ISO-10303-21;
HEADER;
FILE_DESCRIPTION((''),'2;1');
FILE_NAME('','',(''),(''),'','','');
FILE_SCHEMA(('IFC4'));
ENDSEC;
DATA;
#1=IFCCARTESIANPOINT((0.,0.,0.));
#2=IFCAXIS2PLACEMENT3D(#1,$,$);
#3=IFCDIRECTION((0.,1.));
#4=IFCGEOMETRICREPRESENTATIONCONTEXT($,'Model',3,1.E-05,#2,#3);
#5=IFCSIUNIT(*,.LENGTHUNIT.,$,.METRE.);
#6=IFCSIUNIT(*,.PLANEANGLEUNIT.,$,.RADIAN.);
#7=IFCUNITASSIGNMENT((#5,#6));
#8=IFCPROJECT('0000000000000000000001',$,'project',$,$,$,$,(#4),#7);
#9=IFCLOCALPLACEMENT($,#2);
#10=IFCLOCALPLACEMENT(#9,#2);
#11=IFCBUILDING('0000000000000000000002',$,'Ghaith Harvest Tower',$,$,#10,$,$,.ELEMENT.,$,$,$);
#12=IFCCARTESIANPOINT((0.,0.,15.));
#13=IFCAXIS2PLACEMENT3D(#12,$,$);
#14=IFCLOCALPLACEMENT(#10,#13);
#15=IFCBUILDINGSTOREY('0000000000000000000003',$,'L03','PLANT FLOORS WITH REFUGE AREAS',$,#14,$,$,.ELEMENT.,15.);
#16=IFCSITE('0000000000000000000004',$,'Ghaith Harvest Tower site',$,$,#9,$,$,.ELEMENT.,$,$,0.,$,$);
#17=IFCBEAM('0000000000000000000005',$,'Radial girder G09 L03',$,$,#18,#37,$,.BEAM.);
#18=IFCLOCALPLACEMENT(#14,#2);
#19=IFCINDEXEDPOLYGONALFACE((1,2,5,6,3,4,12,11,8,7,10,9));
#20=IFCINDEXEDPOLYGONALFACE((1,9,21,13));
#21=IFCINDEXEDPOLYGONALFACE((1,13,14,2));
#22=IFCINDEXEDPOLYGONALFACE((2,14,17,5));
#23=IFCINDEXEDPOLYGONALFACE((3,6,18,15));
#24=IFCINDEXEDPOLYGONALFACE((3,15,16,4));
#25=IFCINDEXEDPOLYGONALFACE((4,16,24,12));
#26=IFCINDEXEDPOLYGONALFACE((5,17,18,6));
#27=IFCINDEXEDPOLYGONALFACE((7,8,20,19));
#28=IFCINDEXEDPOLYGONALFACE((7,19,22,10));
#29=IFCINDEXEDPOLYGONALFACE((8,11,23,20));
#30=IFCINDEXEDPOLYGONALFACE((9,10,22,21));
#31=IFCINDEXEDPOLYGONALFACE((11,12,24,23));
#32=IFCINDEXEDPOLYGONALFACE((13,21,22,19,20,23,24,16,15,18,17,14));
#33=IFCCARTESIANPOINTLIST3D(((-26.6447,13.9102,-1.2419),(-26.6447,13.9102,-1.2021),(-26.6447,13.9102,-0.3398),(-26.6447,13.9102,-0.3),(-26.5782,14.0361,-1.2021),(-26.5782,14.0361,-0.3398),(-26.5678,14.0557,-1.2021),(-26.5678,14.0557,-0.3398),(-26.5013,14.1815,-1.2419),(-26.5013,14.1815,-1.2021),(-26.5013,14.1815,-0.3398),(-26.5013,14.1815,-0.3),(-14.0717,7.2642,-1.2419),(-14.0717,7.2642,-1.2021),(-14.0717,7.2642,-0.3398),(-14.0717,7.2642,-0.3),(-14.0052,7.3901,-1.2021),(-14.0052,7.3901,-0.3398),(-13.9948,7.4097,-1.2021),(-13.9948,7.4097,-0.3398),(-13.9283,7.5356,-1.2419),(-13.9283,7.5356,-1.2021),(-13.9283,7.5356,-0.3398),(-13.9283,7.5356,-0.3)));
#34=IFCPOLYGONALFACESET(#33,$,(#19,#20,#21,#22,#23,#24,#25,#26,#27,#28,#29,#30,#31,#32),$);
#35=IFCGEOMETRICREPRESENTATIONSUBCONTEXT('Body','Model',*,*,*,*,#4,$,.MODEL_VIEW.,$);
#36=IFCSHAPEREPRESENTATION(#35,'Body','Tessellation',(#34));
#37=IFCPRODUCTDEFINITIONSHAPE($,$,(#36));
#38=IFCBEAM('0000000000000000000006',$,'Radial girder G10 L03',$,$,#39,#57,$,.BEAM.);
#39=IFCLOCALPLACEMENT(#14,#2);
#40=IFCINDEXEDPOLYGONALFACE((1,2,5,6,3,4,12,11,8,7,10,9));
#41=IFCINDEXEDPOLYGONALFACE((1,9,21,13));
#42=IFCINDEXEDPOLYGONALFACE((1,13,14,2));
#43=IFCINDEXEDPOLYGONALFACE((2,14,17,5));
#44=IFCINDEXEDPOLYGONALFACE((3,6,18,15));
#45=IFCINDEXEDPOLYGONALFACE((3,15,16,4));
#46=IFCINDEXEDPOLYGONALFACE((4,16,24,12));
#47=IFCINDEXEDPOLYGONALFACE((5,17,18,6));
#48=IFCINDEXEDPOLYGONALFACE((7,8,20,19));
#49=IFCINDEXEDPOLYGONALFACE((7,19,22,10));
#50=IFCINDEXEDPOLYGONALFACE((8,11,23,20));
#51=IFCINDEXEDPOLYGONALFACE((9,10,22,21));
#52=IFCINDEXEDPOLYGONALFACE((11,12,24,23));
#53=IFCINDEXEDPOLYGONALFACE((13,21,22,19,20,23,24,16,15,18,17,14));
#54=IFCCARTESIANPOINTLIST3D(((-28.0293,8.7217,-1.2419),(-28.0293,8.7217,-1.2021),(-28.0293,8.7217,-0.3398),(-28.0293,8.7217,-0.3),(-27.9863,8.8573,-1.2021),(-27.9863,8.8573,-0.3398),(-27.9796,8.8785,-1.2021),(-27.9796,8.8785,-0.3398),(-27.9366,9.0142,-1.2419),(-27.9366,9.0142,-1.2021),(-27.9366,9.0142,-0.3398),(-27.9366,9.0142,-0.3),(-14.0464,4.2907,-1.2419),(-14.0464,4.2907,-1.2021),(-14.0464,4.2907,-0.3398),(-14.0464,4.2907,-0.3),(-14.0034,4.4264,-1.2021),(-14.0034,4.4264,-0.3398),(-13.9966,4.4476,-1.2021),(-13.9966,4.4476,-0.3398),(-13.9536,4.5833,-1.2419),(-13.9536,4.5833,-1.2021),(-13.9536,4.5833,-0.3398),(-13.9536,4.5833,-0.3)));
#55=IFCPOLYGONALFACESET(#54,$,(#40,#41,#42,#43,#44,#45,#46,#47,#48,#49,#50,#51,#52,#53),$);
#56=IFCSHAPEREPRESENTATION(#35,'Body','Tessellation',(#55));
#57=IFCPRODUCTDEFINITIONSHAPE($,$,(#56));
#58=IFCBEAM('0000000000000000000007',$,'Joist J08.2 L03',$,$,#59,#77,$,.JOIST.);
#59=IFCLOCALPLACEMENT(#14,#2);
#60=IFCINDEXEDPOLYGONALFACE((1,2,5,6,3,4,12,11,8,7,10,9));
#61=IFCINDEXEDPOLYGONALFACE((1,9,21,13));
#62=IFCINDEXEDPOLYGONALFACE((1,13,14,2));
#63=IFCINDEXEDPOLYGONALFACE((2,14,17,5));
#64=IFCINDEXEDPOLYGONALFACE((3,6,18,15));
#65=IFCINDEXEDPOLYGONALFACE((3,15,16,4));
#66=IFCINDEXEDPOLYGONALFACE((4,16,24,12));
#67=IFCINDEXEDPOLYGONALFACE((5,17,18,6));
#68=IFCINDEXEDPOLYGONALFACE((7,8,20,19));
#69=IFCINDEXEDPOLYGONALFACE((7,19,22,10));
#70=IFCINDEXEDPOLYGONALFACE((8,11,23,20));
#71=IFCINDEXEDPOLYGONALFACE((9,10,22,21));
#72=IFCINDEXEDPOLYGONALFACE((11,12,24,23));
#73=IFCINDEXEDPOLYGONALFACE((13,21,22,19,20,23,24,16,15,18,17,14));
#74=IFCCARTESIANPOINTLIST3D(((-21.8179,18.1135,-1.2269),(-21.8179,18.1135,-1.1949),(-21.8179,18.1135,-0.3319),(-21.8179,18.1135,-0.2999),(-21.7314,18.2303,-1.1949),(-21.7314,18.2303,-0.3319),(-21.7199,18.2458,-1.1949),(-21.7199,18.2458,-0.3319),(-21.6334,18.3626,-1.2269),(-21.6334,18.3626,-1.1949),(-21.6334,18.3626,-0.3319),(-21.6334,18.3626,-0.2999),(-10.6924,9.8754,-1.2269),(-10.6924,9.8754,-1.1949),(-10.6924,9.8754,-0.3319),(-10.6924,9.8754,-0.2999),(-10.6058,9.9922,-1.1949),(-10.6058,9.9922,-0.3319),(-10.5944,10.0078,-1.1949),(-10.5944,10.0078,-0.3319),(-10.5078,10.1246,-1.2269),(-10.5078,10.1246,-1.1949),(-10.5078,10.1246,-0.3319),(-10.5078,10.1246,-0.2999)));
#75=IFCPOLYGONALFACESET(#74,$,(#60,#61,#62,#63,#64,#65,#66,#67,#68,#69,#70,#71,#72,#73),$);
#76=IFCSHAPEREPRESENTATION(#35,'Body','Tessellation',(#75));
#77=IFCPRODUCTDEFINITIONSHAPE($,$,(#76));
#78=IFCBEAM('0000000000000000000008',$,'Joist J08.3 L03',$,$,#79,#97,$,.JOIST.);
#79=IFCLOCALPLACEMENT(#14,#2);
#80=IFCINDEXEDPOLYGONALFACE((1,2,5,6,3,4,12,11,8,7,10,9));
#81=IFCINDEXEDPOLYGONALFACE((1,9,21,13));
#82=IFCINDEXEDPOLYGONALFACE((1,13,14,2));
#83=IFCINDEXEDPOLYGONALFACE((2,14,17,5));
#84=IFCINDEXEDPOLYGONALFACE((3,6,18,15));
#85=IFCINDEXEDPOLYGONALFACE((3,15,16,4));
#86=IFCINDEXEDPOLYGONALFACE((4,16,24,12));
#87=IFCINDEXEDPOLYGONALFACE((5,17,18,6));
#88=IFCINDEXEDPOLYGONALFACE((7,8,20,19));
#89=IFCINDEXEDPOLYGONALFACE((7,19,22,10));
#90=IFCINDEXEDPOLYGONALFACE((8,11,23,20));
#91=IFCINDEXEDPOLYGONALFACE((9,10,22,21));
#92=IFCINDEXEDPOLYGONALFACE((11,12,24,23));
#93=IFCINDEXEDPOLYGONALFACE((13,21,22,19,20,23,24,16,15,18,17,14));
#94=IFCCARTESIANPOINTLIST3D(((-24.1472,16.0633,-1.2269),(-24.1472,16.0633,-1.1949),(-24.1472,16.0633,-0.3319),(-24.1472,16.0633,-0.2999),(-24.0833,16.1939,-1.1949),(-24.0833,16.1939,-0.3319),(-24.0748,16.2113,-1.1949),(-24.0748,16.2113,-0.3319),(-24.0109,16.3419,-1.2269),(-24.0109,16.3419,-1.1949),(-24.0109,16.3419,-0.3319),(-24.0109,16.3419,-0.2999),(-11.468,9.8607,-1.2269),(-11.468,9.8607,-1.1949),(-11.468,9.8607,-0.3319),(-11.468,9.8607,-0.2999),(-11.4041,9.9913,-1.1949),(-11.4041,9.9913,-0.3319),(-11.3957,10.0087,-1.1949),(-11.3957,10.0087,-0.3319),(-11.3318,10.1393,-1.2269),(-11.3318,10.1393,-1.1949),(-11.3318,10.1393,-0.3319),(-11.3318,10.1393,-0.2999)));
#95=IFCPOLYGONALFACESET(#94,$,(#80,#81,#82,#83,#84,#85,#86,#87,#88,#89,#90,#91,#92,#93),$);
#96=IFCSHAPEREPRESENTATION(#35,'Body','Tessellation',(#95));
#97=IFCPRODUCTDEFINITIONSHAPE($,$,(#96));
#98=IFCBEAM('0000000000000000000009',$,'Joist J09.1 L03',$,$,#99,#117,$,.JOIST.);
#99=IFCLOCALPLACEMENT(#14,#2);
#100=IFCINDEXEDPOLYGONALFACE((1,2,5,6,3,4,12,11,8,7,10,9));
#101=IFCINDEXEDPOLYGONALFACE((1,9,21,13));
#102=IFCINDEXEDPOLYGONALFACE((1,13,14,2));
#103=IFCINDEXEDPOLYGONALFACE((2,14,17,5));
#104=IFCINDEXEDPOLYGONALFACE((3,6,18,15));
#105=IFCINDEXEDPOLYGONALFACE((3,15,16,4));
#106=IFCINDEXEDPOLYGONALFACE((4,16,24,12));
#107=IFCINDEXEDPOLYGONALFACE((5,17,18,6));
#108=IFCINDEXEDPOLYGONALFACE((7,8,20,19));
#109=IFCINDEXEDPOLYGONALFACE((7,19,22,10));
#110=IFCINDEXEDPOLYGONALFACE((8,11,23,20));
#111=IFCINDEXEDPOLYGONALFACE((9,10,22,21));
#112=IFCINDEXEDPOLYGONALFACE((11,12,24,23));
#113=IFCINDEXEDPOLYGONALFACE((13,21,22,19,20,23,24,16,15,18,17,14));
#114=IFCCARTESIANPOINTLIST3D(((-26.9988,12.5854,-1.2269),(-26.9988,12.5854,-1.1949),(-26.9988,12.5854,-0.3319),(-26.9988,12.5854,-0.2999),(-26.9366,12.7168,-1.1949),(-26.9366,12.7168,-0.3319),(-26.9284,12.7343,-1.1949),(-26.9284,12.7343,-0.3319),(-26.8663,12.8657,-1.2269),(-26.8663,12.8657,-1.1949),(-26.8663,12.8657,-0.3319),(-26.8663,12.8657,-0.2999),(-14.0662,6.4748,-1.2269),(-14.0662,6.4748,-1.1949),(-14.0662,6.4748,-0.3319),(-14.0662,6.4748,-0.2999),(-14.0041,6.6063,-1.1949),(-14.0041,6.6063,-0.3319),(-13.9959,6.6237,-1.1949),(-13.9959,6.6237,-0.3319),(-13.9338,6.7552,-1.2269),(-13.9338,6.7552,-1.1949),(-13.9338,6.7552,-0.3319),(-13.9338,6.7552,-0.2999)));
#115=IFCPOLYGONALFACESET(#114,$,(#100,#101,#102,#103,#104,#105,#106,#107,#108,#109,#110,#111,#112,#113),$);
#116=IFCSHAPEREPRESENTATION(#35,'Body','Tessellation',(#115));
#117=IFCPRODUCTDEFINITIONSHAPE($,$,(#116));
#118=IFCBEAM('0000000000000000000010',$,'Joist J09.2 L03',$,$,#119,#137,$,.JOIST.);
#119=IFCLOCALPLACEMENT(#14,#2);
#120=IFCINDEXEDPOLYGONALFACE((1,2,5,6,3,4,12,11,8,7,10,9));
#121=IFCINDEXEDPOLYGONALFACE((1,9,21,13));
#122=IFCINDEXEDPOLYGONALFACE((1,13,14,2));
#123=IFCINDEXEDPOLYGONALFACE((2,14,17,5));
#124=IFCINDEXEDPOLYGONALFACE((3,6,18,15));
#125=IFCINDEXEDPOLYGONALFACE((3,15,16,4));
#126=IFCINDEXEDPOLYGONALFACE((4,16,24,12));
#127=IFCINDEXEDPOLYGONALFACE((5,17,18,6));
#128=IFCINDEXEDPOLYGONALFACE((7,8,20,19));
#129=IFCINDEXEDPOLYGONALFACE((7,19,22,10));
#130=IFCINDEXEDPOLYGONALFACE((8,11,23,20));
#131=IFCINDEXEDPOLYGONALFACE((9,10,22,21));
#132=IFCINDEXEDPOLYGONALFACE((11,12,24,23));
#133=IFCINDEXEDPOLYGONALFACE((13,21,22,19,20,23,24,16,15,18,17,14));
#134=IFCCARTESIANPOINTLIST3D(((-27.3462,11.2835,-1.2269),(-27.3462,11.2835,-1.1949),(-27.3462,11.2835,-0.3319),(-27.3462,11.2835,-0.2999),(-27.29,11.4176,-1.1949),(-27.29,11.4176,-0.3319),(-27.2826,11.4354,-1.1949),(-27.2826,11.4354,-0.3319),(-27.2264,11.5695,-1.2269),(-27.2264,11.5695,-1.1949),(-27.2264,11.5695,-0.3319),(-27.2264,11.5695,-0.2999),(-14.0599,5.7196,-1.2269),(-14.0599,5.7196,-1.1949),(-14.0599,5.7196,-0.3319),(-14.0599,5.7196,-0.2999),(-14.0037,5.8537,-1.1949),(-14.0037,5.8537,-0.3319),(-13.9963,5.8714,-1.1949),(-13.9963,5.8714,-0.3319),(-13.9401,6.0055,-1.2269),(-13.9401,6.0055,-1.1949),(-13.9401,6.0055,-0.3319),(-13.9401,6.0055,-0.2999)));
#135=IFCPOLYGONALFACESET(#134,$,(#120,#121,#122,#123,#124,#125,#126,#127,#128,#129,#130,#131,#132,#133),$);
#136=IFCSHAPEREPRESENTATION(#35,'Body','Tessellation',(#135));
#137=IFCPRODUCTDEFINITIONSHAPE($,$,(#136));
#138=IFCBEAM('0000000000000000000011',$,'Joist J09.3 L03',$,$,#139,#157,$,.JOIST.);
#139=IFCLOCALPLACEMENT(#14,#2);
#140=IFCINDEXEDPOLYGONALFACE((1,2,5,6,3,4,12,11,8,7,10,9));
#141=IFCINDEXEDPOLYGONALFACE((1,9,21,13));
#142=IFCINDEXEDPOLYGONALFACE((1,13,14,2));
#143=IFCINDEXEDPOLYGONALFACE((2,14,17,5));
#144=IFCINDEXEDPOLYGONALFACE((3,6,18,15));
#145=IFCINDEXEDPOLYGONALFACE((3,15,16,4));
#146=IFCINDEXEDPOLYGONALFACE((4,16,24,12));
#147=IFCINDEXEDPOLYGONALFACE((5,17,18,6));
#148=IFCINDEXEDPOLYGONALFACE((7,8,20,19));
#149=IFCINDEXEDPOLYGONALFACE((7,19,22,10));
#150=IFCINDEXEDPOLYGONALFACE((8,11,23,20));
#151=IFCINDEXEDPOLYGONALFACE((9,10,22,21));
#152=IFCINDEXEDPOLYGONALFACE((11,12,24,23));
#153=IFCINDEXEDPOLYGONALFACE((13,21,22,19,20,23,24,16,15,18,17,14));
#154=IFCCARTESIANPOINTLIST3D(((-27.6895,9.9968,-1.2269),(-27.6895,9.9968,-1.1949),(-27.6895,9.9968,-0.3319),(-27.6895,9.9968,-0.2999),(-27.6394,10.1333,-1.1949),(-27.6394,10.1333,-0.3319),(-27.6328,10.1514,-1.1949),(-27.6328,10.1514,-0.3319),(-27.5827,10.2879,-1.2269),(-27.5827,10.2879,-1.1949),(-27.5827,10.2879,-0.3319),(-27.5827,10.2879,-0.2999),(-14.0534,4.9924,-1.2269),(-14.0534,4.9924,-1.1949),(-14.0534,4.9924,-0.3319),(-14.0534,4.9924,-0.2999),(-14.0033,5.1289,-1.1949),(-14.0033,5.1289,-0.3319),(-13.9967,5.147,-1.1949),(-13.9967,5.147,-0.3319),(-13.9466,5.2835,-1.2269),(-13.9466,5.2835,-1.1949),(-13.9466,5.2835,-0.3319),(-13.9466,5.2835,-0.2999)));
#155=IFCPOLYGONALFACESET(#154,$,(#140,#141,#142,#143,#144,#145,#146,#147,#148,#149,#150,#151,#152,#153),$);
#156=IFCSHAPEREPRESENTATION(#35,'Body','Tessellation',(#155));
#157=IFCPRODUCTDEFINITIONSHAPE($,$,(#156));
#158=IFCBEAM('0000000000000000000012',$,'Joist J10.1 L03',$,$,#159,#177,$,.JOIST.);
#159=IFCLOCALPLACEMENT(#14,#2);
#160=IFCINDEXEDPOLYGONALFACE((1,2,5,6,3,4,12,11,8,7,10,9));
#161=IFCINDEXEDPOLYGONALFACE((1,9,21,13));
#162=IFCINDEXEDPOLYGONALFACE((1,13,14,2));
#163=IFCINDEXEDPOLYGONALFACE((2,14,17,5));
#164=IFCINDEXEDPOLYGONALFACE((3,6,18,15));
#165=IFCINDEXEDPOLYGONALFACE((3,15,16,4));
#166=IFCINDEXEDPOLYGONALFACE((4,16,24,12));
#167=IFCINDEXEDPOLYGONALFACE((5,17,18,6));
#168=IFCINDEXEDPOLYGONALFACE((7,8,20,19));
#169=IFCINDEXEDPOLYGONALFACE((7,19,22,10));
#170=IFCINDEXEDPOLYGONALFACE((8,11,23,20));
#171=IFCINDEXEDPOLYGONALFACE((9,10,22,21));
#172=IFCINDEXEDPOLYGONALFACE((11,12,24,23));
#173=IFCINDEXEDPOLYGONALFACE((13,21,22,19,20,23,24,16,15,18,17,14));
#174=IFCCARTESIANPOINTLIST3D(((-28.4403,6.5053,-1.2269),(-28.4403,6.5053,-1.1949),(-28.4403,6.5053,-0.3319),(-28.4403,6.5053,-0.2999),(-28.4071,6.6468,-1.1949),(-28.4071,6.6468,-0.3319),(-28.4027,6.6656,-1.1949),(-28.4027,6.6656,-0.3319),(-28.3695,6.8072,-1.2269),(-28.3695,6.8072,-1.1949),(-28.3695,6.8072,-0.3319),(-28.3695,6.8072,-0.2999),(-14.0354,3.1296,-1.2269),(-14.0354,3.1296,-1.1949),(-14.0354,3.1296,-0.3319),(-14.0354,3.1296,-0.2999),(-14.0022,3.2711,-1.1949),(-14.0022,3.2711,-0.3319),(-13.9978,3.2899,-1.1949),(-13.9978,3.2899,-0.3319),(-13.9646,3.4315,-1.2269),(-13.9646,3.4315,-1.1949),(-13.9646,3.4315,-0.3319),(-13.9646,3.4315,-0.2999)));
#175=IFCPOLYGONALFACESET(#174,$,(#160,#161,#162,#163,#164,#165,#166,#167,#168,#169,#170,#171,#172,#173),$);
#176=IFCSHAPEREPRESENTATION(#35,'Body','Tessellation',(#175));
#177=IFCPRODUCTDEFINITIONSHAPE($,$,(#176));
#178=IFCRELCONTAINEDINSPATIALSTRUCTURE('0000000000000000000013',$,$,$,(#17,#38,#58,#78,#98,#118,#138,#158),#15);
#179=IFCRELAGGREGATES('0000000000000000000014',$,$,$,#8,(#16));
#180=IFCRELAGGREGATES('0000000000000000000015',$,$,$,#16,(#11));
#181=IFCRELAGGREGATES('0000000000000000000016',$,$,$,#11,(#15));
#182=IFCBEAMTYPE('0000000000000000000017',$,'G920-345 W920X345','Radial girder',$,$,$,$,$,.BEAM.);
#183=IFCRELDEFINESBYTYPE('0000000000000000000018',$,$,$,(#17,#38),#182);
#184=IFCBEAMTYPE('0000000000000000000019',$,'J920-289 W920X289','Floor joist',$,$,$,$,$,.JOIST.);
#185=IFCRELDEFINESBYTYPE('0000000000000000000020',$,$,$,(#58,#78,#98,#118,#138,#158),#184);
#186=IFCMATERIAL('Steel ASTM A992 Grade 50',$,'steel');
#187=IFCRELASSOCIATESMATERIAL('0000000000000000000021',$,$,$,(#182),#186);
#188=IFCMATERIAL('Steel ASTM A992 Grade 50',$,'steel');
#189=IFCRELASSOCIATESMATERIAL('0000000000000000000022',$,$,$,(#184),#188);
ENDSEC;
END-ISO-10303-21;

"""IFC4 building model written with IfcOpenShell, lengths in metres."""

from ifc_helpers import new_model, si_unit, direction, frame, origin, origin_2d, place, context, subcontext, project, spatial, i_section, extrude, material, material_profile, profile_set, type_object, element, save


model = new_model("IFC4")

# Units and contexts
model_context = context("Model", 3, precision=1e-05, world=origin(), true_north=direction((0.0, 1.0)))
body_context = subcontext(model_context, "Body", "Model", "MODEL_VIEW")
ifc_project = project(units=[si_unit("LENGTHUNIT", "METRE"), si_unit("PLANEANGLEUNIT", "RADIAN")], contexts=[model_context])

# Site, building, storey
site_placement = place(None, origin())
site = spatial("IfcSite", under=ifc_project, at=site_placement, Name="Ghaith Harvest Tower site", CompositionType="ELEMENT", RefElevation=0.0)
building_placement = place(site_placement, origin())
building = spatial("IfcBuilding", under=site, at=building_placement, Name="Ghaith Harvest Tower", CompositionType="ELEMENT")
storey_placement = place(building_placement, frame((0.0, 0.0, 15.0)))
storey = spatial("IfcBuildingStorey", under=building, at=storey_placement, Name="L03", Description="PLANT FLOORS WITH REFUGE AREAS", CompositionType="ELEMENT", Elevation=15.0)

# Beams
ifc_material_1 = material(Name="Steel ASTM A992 Grade 50", Category="steel")
ifc_material_profile_1 = material_profile(ifc_material_1, i_section(OverallWidth=0.3069, OverallDepth=0.9419, WebThickness=0.0222, FlangeThickness=0.0398, at=origin_2d()), Name="W920X345")
ifc_profile_set_1 = profile_set([ifc_material_profile_1], Name="Steel ASTM A992 Grade 50")
beam_type_1 = type_object("IfcBeamType", Name="G920-345 W920X345", Description="Radial girder", PredefinedType="BEAM", material=ifc_profile_set_1)
beam_1_placement = place(storey_placement, frame((-14.0, 7.3999, -0.771), z_axis=(-0.884087, 0.467322, 0.0), x_axis=(-0.467322, -0.884087, 0.0)))
element("IfcBeam", 1, at=beam_1_placement, inside=storey, type_object=beam_type_1, Name="Radial girder G09 L03", PredefinedType="BEAM", context=body_context, shape_type="SweptSolid", body=[
    extrude(i_section(OverallWidth=0.3069, OverallDepth=0.9419, WebThickness=0.0222, FlangeThickness=0.0398, at=origin_2d()), origin(), (0.0, 0.0, 1.0), 14.2214),
])
beam_2_placement = place(storey_placement, frame((-14.0, 4.437, -0.771), z_axis=(-0.953284, 0.302077, 0.0), x_axis=(-0.302077, -0.953284, 0.0)))
element("IfcBeam", 2, at=beam_2_placement, inside=storey, type_object=beam_type_1, Name="Radial girder G10 L03", PredefinedType="BEAM", context=body_context, shape_type="SweptSolid", body=[
    extrude(i_section(OverallWidth=0.3069, OverallDepth=0.9419, WebThickness=0.0222, FlangeThickness=0.0398, at=origin_2d()), origin(), (0.0, 0.0, 1.0), 14.6682),
])
ifc_material_2 = material(Name="Steel ASTM A992 Grade 50", Category="steel")
ifc_material_profile_2 = material_profile(ifc_material_2, i_section(OverallWidth=0.3101, OverallDepth=0.927, WebThickness=0.0193, FlangeThickness=0.032, at=origin_2d()), Name="W920X289")
ifc_profile_set_2 = profile_set([ifc_material_profile_2], Name="Steel ASTM A992 Grade 50")
beam_type_2 = type_object("IfcBeamType", Name="J920-289 W920X289", Description="Floor joist", PredefinedType="JOIST", material=ifc_profile_set_2)
beam_3_placement = place(storey_placement, frame((-10.6001, 10.0, -0.7634), z_axis=(-0.803663, 0.595085, 0.0), x_axis=(-0.595085, -0.803663, 0.0)))
element("IfcBeam", 3, at=beam_3_placement, inside=storey, type_object=beam_type_2, Name="Joist J08.2 L03", PredefinedType="JOIST", context=body_context, shape_type="SweptSolid", body=[
    extrude(i_section(OverallWidth=0.3101, OverallDepth=0.927, WebThickness=0.0193, FlangeThickness=0.032, at=origin_2d()), origin(), (0.0, 0.0, 1.0), 13.8435),
])
beam_4_placement = place(storey_placement, frame((-11.3999, 10.0, -0.7634), z_axis=(-0.898275, 0.439434, 0.0), x_axis=(-0.439434, -0.898275, 0.0)))
element("IfcBeam", 4, at=beam_4_placement, inside=storey, type_object=beam_type_2, Name="Joist J08.3 L03", PredefinedType="JOIST", context=body_context, shape_type="SweptSolid", body=[
    extrude(i_section(OverallWidth=0.3101, OverallDepth=0.927, WebThickness=0.0193, FlangeThickness=0.032, at=origin_2d()), origin(), (0.0, 0.0, 1.0), 14.115),
])
beam_5_placement = place(storey_placement, frame((-14.0, 6.615, -0.7634), z_axis=(-0.904153, 0.427208, 0.0), x_axis=(-0.427208, -0.904153, 0.0)))
element("IfcBeam", 5, at=beam_5_placement, inside=storey, type_object=beam_type_2, Name="Joist J09.1 L03", PredefinedType="JOIST", context=body_context, shape_type="SweptSolid", body=[
    extrude(i_section(OverallWidth=0.3101, OverallDepth=0.927, WebThickness=0.0193, FlangeThickness=0.032, at=origin_2d()), origin(), (0.0, 0.0, 1.0), 14.3035),
])
beam_6_placement = place(storey_placement, frame((-14.0, 5.8625, -0.7634), z_axis=(-0.922386, 0.38627, 0.0), x_axis=(-0.38627, -0.922386, 0.0)))
element("IfcBeam", 6, at=beam_6_placement, inside=storey, type_object=beam_type_2, Name="Joist J09.2 L03", PredefinedType="JOIST", context=body_context, shape_type="SweptSolid", body=[
    extrude(i_section(OverallWidth=0.3101, OverallDepth=0.927, WebThickness=0.0193, FlangeThickness=0.032, at=origin_2d()), origin(), (0.0, 0.0, 1.0), 14.4043),
])
beam_7_placement = place(storey_placement, frame((-14.0, 5.1379, -0.7634), z_axis=(-0.938775, 0.34453, 0.0), x_axis=(-0.34453, -0.938775, 0.0)))
element("IfcBeam", 7, at=beam_7_placement, inside=storey, type_object=beam_type_2, Name="Joist J09.3 L03", PredefinedType="JOIST", context=body_context, shape_type="SweptSolid", body=[
    extrude(i_section(OverallWidth=0.3101, OverallDepth=0.927, WebThickness=0.0193, FlangeThickness=0.032, at=origin_2d()), origin(), (0.0, 0.0, 1.0), 14.5254),
])
beam_8_placement = place(storey_placement, frame((-14.0, 3.2805, -0.7634), z_axis=(-0.973623, 0.228163, 0.0), x_axis=(-0.228163, -0.973623, 0.0)))
element("IfcBeam", 8, at=beam_8_placement, inside=storey, type_object=beam_type_2, Name="Joist J10.1 L03", PredefinedType="JOIST", context=body_context, shape_type="SweptSolid", body=[
    extrude(i_section(OverallWidth=0.3101, OverallDepth=0.927, WebThickness=0.0193, FlangeThickness=0.032, at=origin_2d()), origin(), (0.0, 0.0, 1.0), 14.7952),
])

save(model, "model.ifc")
